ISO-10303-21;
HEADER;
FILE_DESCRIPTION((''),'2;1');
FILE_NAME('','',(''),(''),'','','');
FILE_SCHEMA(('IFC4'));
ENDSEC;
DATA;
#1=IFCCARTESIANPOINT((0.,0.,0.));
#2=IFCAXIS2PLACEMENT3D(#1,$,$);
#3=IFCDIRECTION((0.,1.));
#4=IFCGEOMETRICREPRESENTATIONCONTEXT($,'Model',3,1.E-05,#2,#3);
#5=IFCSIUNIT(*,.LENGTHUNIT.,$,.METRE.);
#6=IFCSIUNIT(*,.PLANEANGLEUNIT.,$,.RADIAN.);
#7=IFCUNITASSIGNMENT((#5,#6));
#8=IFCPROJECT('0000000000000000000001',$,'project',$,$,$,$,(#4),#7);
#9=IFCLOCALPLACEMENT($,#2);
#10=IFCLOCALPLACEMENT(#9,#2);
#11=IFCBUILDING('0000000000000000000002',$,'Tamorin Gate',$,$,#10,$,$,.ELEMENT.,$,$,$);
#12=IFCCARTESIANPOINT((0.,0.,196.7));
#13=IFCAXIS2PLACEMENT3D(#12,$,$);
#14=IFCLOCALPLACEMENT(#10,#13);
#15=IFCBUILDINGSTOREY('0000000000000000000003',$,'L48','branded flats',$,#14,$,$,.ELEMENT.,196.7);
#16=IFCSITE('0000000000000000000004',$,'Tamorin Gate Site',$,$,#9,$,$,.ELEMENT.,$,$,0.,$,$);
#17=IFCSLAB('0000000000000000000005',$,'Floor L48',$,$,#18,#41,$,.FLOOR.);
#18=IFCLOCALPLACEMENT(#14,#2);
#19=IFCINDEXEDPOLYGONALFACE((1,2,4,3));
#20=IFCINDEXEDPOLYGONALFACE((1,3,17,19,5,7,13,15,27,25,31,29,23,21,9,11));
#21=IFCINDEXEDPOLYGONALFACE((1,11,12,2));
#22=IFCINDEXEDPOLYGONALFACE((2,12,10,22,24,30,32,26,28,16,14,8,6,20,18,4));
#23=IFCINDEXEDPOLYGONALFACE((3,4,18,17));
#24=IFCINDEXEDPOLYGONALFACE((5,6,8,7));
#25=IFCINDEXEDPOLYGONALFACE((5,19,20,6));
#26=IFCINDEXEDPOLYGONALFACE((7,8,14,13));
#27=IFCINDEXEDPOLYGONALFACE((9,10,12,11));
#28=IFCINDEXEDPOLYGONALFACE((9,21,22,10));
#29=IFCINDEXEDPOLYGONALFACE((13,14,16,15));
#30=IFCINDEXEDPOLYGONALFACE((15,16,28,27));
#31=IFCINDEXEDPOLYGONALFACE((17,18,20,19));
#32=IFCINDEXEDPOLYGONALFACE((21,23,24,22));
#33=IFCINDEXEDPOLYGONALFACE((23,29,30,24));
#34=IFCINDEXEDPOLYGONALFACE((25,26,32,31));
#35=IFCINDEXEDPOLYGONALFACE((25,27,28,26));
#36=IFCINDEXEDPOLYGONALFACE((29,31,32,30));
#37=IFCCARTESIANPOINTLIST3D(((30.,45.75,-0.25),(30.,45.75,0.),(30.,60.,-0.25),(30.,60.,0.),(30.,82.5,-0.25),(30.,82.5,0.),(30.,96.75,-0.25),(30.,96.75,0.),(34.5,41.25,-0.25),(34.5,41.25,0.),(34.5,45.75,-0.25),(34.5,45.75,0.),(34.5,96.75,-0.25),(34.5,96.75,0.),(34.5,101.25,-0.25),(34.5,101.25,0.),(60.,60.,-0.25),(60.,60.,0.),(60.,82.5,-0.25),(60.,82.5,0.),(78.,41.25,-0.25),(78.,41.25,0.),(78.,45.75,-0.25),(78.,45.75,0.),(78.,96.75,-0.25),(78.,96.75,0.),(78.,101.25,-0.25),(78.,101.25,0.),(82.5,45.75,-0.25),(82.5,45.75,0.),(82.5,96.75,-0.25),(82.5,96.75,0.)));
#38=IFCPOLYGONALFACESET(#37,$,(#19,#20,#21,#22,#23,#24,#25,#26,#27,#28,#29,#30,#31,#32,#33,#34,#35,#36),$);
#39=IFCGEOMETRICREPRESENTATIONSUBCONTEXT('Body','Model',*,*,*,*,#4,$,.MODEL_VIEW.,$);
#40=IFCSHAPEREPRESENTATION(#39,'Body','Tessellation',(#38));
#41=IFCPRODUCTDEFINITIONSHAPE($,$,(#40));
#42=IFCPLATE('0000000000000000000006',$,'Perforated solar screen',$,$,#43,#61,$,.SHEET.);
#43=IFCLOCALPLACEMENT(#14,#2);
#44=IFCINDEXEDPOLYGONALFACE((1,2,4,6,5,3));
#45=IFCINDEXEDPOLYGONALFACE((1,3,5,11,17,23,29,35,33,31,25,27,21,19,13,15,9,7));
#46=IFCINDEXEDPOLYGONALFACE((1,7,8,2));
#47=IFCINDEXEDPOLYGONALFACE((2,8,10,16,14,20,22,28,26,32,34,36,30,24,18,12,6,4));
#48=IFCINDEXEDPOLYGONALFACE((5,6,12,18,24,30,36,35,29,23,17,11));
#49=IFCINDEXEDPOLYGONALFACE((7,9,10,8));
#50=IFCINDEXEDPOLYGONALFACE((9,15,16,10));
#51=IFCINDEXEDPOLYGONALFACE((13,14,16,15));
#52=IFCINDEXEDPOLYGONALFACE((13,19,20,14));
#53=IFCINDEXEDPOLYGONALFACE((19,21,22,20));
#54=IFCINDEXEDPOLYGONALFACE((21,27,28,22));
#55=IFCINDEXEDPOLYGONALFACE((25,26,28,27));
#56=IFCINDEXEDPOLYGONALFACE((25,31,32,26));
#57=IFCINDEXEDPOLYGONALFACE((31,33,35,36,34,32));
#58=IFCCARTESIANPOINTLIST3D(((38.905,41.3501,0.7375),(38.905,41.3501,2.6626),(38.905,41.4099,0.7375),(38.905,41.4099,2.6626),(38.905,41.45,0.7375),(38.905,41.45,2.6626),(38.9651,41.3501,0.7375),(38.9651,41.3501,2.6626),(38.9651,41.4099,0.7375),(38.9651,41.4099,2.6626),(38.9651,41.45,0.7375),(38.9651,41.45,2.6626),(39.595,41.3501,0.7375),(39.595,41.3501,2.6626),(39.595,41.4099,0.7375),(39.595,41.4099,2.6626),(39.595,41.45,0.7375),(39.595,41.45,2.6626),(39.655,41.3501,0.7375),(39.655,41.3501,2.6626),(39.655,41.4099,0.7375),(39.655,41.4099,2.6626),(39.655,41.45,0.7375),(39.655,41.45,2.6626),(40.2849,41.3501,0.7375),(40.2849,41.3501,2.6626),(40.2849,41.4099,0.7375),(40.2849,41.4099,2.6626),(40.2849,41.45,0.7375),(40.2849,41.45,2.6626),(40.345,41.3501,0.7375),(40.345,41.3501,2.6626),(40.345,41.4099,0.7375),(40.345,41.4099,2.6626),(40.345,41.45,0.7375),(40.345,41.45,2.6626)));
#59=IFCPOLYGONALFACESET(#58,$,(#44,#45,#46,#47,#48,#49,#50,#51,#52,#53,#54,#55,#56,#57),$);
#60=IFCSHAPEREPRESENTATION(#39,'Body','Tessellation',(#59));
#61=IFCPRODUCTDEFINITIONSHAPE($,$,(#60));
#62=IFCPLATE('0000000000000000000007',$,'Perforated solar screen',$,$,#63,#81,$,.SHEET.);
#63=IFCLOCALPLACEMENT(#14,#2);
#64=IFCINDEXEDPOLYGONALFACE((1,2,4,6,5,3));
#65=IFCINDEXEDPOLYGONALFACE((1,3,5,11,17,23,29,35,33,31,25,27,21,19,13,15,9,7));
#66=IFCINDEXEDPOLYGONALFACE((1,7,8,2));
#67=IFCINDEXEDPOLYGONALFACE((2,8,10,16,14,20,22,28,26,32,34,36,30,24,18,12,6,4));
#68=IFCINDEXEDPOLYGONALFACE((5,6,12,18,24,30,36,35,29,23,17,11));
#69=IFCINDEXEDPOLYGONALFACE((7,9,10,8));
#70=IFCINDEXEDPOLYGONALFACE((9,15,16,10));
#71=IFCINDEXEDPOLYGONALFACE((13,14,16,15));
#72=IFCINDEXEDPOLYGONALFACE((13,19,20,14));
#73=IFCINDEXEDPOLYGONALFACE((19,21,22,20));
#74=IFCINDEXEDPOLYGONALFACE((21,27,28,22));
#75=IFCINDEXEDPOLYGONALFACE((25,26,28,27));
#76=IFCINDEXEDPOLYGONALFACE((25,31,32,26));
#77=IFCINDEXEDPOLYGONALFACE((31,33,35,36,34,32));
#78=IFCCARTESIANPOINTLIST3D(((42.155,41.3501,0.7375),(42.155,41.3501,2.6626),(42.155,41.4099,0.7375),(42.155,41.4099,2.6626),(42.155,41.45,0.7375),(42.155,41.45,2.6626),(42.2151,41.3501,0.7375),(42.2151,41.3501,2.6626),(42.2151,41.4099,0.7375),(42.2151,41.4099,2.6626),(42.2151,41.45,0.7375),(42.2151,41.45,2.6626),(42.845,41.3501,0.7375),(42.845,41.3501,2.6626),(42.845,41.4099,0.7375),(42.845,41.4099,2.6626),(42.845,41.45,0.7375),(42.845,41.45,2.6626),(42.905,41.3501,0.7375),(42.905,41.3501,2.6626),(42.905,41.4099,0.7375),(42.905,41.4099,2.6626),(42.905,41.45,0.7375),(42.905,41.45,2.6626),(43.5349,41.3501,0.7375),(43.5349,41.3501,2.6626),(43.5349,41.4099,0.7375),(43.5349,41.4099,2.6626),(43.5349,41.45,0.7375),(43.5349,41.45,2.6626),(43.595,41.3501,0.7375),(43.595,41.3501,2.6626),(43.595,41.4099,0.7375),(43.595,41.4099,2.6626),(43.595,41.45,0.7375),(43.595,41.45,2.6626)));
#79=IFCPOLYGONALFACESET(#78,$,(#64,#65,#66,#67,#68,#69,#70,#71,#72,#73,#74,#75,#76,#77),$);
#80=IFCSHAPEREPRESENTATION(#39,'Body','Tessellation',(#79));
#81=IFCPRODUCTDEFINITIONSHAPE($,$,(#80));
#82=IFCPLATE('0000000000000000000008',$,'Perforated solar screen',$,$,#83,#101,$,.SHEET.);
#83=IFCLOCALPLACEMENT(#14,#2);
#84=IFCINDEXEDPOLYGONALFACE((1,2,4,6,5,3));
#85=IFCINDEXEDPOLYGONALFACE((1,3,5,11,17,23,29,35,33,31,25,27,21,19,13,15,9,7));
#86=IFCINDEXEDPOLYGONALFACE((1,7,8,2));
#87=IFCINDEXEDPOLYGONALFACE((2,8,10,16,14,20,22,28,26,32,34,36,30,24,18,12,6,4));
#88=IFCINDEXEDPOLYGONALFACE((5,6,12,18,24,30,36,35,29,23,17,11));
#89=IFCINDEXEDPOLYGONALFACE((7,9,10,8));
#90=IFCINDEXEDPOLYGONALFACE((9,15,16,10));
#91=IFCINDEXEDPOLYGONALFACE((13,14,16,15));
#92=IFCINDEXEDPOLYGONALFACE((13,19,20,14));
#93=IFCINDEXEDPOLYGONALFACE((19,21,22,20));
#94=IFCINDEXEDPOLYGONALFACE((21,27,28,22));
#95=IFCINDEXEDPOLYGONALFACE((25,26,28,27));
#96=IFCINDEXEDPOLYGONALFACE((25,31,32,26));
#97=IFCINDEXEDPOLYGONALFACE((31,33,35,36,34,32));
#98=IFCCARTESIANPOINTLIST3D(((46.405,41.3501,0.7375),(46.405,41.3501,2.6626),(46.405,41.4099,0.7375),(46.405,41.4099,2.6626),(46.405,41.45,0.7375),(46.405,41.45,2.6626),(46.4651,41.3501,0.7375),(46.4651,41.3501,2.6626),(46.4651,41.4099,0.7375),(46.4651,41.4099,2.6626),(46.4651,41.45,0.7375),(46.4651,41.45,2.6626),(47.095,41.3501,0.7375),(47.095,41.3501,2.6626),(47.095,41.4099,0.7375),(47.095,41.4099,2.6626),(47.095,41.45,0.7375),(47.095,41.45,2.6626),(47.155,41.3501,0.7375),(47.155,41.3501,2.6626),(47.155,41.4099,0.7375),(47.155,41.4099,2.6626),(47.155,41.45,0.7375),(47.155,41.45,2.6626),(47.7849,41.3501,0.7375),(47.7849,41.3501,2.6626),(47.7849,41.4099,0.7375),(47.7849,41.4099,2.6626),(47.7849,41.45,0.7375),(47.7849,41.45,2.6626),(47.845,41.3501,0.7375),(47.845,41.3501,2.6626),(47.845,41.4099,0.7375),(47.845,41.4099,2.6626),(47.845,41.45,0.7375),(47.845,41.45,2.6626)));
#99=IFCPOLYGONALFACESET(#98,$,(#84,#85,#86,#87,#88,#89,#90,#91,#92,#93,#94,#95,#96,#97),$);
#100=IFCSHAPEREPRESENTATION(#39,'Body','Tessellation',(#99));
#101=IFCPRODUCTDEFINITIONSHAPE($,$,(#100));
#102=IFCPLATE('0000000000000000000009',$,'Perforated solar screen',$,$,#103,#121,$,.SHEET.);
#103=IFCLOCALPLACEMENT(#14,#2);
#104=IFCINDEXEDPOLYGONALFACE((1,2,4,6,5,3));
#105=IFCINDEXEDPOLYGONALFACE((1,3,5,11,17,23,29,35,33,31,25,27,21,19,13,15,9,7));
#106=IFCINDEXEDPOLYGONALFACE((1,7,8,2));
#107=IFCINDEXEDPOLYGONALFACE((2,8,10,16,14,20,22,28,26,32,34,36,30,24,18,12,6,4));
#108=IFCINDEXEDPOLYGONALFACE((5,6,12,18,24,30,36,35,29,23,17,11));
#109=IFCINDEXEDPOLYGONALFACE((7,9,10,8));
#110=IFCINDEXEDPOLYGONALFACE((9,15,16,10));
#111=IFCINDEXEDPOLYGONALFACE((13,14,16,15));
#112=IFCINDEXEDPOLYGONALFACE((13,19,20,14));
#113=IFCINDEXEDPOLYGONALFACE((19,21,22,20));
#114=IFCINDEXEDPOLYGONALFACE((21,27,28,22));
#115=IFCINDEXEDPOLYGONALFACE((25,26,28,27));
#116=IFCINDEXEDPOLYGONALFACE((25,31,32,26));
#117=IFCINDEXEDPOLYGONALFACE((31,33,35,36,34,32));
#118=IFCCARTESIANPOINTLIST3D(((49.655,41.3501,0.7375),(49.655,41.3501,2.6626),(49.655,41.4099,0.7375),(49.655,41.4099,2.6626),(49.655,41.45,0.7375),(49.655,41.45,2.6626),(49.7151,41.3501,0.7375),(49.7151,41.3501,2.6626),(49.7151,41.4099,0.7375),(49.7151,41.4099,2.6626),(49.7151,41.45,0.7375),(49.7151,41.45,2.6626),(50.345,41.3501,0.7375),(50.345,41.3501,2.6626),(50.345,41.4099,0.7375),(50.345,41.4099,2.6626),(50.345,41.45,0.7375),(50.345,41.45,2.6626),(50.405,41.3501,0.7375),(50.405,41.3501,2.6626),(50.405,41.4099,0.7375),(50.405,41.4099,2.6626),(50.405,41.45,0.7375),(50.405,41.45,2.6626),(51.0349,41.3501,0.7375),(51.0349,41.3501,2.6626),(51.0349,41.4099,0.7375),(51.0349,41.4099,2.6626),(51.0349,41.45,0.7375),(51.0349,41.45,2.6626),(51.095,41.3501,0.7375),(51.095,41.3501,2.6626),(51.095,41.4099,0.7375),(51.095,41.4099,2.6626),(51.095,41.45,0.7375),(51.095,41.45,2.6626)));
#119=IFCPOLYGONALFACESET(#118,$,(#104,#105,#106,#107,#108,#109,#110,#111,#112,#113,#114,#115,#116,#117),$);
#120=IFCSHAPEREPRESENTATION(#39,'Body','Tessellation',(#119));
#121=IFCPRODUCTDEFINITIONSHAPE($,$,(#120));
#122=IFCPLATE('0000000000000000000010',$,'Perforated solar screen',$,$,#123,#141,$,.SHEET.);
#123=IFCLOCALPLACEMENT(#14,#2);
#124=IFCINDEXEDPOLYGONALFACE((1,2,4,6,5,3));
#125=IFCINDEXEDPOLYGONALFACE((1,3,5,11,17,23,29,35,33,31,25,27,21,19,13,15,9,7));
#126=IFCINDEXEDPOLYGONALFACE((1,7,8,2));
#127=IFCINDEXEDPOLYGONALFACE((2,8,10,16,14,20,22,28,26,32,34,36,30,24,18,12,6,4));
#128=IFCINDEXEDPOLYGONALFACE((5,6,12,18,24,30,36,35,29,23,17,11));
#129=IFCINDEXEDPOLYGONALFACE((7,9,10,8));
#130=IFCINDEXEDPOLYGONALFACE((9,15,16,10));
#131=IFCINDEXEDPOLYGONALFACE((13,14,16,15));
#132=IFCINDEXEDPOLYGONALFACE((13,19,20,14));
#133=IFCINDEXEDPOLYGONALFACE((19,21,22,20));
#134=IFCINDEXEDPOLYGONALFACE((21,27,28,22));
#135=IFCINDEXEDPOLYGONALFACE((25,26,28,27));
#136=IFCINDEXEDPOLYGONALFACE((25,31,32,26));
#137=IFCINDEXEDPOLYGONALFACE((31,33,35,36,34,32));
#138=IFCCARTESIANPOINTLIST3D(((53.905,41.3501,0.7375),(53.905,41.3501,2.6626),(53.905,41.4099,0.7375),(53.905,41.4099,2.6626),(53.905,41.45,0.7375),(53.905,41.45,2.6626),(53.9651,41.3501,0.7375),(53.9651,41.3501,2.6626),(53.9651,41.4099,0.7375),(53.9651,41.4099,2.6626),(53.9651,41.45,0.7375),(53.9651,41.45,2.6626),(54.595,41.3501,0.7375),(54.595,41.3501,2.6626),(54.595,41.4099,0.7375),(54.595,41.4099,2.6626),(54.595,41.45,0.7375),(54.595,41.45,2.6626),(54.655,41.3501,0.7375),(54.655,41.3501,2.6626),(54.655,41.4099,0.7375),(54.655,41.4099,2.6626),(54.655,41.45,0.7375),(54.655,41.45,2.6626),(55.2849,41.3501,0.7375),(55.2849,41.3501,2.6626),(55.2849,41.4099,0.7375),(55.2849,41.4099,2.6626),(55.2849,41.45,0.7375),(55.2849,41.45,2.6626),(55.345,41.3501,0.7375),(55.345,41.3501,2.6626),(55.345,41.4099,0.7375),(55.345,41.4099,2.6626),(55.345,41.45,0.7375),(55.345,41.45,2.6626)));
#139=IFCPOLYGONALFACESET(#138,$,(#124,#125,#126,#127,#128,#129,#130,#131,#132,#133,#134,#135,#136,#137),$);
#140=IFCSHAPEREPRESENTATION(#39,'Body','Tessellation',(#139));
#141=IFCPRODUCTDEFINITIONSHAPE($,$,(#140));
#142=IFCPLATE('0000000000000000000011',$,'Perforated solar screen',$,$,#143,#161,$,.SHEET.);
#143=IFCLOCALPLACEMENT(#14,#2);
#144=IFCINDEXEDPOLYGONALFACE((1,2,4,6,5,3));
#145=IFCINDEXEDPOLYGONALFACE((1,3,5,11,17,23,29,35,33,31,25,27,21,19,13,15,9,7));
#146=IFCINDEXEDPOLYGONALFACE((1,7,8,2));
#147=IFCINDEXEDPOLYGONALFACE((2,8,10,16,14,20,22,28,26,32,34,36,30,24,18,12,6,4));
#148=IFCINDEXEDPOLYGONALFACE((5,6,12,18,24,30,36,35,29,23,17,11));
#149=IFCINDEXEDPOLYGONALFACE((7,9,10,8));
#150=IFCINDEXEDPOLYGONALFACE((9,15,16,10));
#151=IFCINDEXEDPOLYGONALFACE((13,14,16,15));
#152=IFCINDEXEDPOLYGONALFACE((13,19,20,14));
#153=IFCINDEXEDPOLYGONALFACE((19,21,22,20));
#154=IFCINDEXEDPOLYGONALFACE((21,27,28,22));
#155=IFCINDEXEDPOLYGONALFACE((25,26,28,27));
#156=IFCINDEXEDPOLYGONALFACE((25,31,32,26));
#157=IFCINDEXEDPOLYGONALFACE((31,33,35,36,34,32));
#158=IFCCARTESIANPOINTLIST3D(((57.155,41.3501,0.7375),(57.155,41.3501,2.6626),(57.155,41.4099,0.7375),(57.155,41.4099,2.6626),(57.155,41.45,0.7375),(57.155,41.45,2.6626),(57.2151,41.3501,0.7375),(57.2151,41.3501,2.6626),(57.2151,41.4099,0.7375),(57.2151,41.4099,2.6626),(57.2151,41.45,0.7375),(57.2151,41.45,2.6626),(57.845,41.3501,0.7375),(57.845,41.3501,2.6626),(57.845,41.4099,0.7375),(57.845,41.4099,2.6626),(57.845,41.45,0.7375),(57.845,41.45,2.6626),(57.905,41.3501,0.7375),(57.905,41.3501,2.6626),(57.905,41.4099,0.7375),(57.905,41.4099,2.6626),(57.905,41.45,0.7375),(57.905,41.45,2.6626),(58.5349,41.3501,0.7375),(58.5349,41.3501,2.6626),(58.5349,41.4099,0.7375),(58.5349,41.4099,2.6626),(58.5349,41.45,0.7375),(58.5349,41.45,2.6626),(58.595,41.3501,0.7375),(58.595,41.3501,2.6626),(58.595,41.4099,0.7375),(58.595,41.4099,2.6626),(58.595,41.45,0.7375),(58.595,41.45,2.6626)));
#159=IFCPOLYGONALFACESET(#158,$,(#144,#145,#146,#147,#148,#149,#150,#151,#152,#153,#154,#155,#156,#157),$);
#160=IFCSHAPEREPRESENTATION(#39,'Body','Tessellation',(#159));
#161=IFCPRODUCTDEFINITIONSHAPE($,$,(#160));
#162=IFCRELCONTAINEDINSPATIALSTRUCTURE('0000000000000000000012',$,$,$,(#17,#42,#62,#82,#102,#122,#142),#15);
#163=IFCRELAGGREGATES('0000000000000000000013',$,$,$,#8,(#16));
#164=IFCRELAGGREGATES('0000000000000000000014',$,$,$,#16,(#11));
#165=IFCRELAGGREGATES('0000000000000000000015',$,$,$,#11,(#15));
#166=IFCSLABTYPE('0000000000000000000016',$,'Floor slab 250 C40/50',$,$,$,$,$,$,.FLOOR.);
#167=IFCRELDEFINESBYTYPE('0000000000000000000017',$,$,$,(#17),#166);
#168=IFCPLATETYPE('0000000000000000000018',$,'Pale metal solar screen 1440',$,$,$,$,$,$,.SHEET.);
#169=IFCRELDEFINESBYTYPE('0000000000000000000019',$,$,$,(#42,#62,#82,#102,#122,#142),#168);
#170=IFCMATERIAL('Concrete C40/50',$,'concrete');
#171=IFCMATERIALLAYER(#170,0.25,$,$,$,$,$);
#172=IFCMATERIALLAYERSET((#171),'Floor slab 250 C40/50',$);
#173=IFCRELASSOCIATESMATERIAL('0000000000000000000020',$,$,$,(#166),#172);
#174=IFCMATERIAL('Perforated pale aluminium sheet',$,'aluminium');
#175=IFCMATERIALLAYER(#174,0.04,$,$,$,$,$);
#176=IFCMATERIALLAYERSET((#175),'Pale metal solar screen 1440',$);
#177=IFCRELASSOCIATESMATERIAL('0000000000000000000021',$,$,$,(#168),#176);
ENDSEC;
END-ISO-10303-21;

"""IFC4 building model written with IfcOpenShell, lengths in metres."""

from ifc_helpers import new_model, si_unit, direction, frame, origin, place, context, subcontext, project, spatial, polyline, outline, extrude, material, layer, layer_set, type_object, element, save


model = new_model("IFC4")

# Units and contexts
model_context = context("Model", 3, precision=1e-05, world=origin(), true_north=direction((0.0, 1.0)))
body_context = subcontext(model_context, "Body", "Model", "MODEL_VIEW")
ifc_project = project(units=[si_unit("LENGTHUNIT", "METRE"), si_unit("PLANEANGLEUNIT", "RADIAN")], contexts=[model_context])

# Site, building, storey
site_placement = place(None, origin())
site = spatial("IfcSite", under=ifc_project, at=site_placement, Name="Tamorin Gate Site", CompositionType="ELEMENT", RefElevation=0.0)
building_placement = place(site_placement, origin())
building = spatial("IfcBuilding", under=site, at=building_placement, Name="Tamorin Gate", CompositionType="ELEMENT")
storey_placement = place(building_placement, frame((0.0, 0.0, 196.7)))
storey = spatial("IfcBuildingStorey", under=building, at=storey_placement, Name="L48", Description="branded flats", CompositionType="ELEMENT", Elevation=196.7)

# Slab
ifc_material_1 = material(Name="Concrete C40/50", Category="concrete")
ifc_layer_1 = layer(ifc_material_1, 0.25)
ifc_layer_set_1 = layer_set([ifc_layer_1], Name="Floor slab 250 C40/50")
slab_type = type_object("IfcSlabType", Name="Floor slab 250 C40/50", PredefinedType="FLOOR", material=ifc_layer_set_1)
slab_placement = place(storey_placement, frame((0.0, 0.0, -0.25)))
element("IfcSlab", 1, at=slab_placement, inside=storey, type_object=slab_type, Name="Floor L48", PredefinedType="FLOOR", context=body_context, shape_type="SweptSolid", body=[
    extrude(outline(polyline([(30.0, 96.75), (34.5, 96.75), (34.5, 101.25), (78.0, 101.25), (78.0, 96.75), (82.5, 96.75), (82.5, 45.75), (78.0, 45.75), (78.0, 41.25), (34.5, 41.25), (34.5, 45.75), (30.0, 45.75), (30.0, 60.0), (60.0, 60.0), (60.0, 82.5), (30.0, 82.5), (30.0, 96.75)])), origin(), (0.0, 0.0, 1.0), 0.25),
])

# Plates
ifc_material_2 = material(Name="Perforated pale aluminium sheet", Category="aluminium")
ifc_layer_2 = layer(ifc_material_2, 0.04)
ifc_layer_set_2 = layer_set([ifc_layer_2], Name="Pale metal solar screen 1440")
plate_type_1 = type_object("IfcPlateType", Name="Pale metal solar screen 1440", PredefinedType="SHEET", material=ifc_layer_set_2)
plate_1_placement = place(storey_placement, frame((0.0, 0.0, 0.7375)))
element("IfcPlate", 2, at=plate_1_placement, inside=storey, type_object=plate_type_1, Name="Perforated solar screen", PredefinedType="SHEET", context=body_context, shape_type="SweptSolid", body=[
    extrude(outline(polyline([(38.905, 41.4099), (38.905, 41.45), (38.9651, 41.45), (39.595, 41.45), (39.655, 41.45), (40.2849, 41.45), (40.345, 41.45), (40.345, 41.45), (40.345, 41.4099), (40.345, 41.4099), (40.345, 41.3501), (40.2849, 41.3501), (40.2849, 41.4099), (39.655, 41.4099), (39.655, 41.3501), (39.595, 41.3501), (39.595, 41.4099), (38.9651, 41.4099), (38.9651, 41.3501), (38.905, 41.3501), (38.905, 41.4099)])), origin(), (0.0, 0.0, 1.0), 1.925),
])
plate_2_placement = place(storey_placement, frame((0.0, 0.0, 0.7375)))
element("IfcPlate", 3, at=plate_2_placement, inside=storey, type_object=plate_type_1, Name="Perforated solar screen", PredefinedType="SHEET", context=body_context, shape_type="SweptSolid", body=[
    extrude(outline(polyline([(42.155, 41.4099), (42.155, 41.45), (42.2151, 41.45), (42.845, 41.45), (42.905, 41.45), (43.5349, 41.45), (43.595, 41.45), (43.595, 41.4099), (43.595, 41.3501), (43.5349, 41.3501), (43.5349, 41.4099), (42.905, 41.4099), (42.905, 41.3501), (42.845, 41.3501), (42.845, 41.4099), (42.2151, 41.4099), (42.2151, 41.3501), (42.155, 41.3501), (42.155, 41.4099)])), origin(), (0.0, 0.0, 1.0), 1.925),
])
plate_3_placement = place(storey_placement, frame((0.0, 0.0, 0.7375)))
element("IfcPlate", 4, at=plate_3_placement, inside=storey, type_object=plate_type_1, Name="Perforated solar screen", PredefinedType="SHEET", context=body_context, shape_type="SweptSolid", body=[
    extrude(outline(polyline([(46.405, 41.4099), (46.405, 41.45), (46.4651, 41.45), (47.095, 41.45), (47.155, 41.45), (47.7849, 41.45), (47.845, 41.45), (47.845, 41.4099), (47.845, 41.3501), (47.7849, 41.3501), (47.7849, 41.4099), (47.155, 41.4099), (47.155, 41.3501), (47.095, 41.3501), (47.095, 41.4099), (46.4651, 41.4099), (46.4651, 41.3501), (46.405, 41.3501), (46.405, 41.4099)])), origin(), (0.0, 0.0, 1.0), 1.925),
])
plate_4_placement = place(storey_placement, frame((0.0, 0.0, 0.7375)))
element("IfcPlate", 5, at=plate_4_placement, inside=storey, type_object=plate_type_1, Name="Perforated solar screen", PredefinedType="SHEET", context=body_context, shape_type="SweptSolid", body=[
    extrude(outline(polyline([(49.655, 41.4099), (49.655, 41.45), (49.7151, 41.45), (50.345, 41.45), (50.405, 41.45), (51.0349, 41.45), (51.095, 41.45), (51.095, 41.4099), (51.095, 41.3501), (51.0349, 41.3501), (51.0349, 41.4099), (50.405, 41.4099), (50.405, 41.3501), (50.345, 41.3501), (50.345, 41.4099), (49.7151, 41.4099), (49.7151, 41.3501), (49.655, 41.3501), (49.655, 41.4099)])), origin(), (0.0, 0.0, 1.0), 1.925),
])
plate_5_placement = place(storey_placement, frame((0.0, 0.0, 0.7375)))
element("IfcPlate", 6, at=plate_5_placement, inside=storey, type_object=plate_type_1, Name="Perforated solar screen", PredefinedType="SHEET", context=body_context, shape_type="SweptSolid", body=[
    extrude(outline(polyline([(53.905, 41.4099), (53.905, 41.45), (53.9651, 41.45), (54.595, 41.45), (54.655, 41.45), (55.2849, 41.45), (55.345, 41.45), (55.345, 41.4099), (55.345, 41.3501), (55.2849, 41.3501), (55.2849, 41.4099), (54.655, 41.4099), (54.655, 41.3501), (54.595, 41.3501), (54.595, 41.4099), (53.9651, 41.4099), (53.9651, 41.3501), (53.905, 41.3501), (53.905, 41.4099)])), origin(), (0.0, 0.0, 1.0), 1.925),
])
plate_6_placement = place(storey_placement, frame((0.0, 0.0, 0.7375)))
element("IfcPlate", 7, at=plate_6_placement, inside=storey, type_object=plate_type_1, Name="Perforated solar screen", PredefinedType="SHEET", context=body_context, shape_type="SweptSolid", body=[
    extrude(outline(polyline([(57.155, 41.4099), (57.155, 41.45), (57.2151, 41.45), (57.845, 41.45), (57.905, 41.45), (58.5349, 41.45), (58.595, 41.45), (58.595, 41.4099), (58.595, 41.3501), (58.5349, 41.3501), (58.5349, 41.4099), (57.905, 41.4099), (57.905, 41.3501), (57.845, 41.3501), (57.845, 41.4099), (57.2151, 41.4099), (57.2151, 41.3501), (57.155, 41.3501), (57.155, 41.4099)])), origin(), (0.0, 0.0, 1.0), 1.925),
])

save(model, "model.ifc")
